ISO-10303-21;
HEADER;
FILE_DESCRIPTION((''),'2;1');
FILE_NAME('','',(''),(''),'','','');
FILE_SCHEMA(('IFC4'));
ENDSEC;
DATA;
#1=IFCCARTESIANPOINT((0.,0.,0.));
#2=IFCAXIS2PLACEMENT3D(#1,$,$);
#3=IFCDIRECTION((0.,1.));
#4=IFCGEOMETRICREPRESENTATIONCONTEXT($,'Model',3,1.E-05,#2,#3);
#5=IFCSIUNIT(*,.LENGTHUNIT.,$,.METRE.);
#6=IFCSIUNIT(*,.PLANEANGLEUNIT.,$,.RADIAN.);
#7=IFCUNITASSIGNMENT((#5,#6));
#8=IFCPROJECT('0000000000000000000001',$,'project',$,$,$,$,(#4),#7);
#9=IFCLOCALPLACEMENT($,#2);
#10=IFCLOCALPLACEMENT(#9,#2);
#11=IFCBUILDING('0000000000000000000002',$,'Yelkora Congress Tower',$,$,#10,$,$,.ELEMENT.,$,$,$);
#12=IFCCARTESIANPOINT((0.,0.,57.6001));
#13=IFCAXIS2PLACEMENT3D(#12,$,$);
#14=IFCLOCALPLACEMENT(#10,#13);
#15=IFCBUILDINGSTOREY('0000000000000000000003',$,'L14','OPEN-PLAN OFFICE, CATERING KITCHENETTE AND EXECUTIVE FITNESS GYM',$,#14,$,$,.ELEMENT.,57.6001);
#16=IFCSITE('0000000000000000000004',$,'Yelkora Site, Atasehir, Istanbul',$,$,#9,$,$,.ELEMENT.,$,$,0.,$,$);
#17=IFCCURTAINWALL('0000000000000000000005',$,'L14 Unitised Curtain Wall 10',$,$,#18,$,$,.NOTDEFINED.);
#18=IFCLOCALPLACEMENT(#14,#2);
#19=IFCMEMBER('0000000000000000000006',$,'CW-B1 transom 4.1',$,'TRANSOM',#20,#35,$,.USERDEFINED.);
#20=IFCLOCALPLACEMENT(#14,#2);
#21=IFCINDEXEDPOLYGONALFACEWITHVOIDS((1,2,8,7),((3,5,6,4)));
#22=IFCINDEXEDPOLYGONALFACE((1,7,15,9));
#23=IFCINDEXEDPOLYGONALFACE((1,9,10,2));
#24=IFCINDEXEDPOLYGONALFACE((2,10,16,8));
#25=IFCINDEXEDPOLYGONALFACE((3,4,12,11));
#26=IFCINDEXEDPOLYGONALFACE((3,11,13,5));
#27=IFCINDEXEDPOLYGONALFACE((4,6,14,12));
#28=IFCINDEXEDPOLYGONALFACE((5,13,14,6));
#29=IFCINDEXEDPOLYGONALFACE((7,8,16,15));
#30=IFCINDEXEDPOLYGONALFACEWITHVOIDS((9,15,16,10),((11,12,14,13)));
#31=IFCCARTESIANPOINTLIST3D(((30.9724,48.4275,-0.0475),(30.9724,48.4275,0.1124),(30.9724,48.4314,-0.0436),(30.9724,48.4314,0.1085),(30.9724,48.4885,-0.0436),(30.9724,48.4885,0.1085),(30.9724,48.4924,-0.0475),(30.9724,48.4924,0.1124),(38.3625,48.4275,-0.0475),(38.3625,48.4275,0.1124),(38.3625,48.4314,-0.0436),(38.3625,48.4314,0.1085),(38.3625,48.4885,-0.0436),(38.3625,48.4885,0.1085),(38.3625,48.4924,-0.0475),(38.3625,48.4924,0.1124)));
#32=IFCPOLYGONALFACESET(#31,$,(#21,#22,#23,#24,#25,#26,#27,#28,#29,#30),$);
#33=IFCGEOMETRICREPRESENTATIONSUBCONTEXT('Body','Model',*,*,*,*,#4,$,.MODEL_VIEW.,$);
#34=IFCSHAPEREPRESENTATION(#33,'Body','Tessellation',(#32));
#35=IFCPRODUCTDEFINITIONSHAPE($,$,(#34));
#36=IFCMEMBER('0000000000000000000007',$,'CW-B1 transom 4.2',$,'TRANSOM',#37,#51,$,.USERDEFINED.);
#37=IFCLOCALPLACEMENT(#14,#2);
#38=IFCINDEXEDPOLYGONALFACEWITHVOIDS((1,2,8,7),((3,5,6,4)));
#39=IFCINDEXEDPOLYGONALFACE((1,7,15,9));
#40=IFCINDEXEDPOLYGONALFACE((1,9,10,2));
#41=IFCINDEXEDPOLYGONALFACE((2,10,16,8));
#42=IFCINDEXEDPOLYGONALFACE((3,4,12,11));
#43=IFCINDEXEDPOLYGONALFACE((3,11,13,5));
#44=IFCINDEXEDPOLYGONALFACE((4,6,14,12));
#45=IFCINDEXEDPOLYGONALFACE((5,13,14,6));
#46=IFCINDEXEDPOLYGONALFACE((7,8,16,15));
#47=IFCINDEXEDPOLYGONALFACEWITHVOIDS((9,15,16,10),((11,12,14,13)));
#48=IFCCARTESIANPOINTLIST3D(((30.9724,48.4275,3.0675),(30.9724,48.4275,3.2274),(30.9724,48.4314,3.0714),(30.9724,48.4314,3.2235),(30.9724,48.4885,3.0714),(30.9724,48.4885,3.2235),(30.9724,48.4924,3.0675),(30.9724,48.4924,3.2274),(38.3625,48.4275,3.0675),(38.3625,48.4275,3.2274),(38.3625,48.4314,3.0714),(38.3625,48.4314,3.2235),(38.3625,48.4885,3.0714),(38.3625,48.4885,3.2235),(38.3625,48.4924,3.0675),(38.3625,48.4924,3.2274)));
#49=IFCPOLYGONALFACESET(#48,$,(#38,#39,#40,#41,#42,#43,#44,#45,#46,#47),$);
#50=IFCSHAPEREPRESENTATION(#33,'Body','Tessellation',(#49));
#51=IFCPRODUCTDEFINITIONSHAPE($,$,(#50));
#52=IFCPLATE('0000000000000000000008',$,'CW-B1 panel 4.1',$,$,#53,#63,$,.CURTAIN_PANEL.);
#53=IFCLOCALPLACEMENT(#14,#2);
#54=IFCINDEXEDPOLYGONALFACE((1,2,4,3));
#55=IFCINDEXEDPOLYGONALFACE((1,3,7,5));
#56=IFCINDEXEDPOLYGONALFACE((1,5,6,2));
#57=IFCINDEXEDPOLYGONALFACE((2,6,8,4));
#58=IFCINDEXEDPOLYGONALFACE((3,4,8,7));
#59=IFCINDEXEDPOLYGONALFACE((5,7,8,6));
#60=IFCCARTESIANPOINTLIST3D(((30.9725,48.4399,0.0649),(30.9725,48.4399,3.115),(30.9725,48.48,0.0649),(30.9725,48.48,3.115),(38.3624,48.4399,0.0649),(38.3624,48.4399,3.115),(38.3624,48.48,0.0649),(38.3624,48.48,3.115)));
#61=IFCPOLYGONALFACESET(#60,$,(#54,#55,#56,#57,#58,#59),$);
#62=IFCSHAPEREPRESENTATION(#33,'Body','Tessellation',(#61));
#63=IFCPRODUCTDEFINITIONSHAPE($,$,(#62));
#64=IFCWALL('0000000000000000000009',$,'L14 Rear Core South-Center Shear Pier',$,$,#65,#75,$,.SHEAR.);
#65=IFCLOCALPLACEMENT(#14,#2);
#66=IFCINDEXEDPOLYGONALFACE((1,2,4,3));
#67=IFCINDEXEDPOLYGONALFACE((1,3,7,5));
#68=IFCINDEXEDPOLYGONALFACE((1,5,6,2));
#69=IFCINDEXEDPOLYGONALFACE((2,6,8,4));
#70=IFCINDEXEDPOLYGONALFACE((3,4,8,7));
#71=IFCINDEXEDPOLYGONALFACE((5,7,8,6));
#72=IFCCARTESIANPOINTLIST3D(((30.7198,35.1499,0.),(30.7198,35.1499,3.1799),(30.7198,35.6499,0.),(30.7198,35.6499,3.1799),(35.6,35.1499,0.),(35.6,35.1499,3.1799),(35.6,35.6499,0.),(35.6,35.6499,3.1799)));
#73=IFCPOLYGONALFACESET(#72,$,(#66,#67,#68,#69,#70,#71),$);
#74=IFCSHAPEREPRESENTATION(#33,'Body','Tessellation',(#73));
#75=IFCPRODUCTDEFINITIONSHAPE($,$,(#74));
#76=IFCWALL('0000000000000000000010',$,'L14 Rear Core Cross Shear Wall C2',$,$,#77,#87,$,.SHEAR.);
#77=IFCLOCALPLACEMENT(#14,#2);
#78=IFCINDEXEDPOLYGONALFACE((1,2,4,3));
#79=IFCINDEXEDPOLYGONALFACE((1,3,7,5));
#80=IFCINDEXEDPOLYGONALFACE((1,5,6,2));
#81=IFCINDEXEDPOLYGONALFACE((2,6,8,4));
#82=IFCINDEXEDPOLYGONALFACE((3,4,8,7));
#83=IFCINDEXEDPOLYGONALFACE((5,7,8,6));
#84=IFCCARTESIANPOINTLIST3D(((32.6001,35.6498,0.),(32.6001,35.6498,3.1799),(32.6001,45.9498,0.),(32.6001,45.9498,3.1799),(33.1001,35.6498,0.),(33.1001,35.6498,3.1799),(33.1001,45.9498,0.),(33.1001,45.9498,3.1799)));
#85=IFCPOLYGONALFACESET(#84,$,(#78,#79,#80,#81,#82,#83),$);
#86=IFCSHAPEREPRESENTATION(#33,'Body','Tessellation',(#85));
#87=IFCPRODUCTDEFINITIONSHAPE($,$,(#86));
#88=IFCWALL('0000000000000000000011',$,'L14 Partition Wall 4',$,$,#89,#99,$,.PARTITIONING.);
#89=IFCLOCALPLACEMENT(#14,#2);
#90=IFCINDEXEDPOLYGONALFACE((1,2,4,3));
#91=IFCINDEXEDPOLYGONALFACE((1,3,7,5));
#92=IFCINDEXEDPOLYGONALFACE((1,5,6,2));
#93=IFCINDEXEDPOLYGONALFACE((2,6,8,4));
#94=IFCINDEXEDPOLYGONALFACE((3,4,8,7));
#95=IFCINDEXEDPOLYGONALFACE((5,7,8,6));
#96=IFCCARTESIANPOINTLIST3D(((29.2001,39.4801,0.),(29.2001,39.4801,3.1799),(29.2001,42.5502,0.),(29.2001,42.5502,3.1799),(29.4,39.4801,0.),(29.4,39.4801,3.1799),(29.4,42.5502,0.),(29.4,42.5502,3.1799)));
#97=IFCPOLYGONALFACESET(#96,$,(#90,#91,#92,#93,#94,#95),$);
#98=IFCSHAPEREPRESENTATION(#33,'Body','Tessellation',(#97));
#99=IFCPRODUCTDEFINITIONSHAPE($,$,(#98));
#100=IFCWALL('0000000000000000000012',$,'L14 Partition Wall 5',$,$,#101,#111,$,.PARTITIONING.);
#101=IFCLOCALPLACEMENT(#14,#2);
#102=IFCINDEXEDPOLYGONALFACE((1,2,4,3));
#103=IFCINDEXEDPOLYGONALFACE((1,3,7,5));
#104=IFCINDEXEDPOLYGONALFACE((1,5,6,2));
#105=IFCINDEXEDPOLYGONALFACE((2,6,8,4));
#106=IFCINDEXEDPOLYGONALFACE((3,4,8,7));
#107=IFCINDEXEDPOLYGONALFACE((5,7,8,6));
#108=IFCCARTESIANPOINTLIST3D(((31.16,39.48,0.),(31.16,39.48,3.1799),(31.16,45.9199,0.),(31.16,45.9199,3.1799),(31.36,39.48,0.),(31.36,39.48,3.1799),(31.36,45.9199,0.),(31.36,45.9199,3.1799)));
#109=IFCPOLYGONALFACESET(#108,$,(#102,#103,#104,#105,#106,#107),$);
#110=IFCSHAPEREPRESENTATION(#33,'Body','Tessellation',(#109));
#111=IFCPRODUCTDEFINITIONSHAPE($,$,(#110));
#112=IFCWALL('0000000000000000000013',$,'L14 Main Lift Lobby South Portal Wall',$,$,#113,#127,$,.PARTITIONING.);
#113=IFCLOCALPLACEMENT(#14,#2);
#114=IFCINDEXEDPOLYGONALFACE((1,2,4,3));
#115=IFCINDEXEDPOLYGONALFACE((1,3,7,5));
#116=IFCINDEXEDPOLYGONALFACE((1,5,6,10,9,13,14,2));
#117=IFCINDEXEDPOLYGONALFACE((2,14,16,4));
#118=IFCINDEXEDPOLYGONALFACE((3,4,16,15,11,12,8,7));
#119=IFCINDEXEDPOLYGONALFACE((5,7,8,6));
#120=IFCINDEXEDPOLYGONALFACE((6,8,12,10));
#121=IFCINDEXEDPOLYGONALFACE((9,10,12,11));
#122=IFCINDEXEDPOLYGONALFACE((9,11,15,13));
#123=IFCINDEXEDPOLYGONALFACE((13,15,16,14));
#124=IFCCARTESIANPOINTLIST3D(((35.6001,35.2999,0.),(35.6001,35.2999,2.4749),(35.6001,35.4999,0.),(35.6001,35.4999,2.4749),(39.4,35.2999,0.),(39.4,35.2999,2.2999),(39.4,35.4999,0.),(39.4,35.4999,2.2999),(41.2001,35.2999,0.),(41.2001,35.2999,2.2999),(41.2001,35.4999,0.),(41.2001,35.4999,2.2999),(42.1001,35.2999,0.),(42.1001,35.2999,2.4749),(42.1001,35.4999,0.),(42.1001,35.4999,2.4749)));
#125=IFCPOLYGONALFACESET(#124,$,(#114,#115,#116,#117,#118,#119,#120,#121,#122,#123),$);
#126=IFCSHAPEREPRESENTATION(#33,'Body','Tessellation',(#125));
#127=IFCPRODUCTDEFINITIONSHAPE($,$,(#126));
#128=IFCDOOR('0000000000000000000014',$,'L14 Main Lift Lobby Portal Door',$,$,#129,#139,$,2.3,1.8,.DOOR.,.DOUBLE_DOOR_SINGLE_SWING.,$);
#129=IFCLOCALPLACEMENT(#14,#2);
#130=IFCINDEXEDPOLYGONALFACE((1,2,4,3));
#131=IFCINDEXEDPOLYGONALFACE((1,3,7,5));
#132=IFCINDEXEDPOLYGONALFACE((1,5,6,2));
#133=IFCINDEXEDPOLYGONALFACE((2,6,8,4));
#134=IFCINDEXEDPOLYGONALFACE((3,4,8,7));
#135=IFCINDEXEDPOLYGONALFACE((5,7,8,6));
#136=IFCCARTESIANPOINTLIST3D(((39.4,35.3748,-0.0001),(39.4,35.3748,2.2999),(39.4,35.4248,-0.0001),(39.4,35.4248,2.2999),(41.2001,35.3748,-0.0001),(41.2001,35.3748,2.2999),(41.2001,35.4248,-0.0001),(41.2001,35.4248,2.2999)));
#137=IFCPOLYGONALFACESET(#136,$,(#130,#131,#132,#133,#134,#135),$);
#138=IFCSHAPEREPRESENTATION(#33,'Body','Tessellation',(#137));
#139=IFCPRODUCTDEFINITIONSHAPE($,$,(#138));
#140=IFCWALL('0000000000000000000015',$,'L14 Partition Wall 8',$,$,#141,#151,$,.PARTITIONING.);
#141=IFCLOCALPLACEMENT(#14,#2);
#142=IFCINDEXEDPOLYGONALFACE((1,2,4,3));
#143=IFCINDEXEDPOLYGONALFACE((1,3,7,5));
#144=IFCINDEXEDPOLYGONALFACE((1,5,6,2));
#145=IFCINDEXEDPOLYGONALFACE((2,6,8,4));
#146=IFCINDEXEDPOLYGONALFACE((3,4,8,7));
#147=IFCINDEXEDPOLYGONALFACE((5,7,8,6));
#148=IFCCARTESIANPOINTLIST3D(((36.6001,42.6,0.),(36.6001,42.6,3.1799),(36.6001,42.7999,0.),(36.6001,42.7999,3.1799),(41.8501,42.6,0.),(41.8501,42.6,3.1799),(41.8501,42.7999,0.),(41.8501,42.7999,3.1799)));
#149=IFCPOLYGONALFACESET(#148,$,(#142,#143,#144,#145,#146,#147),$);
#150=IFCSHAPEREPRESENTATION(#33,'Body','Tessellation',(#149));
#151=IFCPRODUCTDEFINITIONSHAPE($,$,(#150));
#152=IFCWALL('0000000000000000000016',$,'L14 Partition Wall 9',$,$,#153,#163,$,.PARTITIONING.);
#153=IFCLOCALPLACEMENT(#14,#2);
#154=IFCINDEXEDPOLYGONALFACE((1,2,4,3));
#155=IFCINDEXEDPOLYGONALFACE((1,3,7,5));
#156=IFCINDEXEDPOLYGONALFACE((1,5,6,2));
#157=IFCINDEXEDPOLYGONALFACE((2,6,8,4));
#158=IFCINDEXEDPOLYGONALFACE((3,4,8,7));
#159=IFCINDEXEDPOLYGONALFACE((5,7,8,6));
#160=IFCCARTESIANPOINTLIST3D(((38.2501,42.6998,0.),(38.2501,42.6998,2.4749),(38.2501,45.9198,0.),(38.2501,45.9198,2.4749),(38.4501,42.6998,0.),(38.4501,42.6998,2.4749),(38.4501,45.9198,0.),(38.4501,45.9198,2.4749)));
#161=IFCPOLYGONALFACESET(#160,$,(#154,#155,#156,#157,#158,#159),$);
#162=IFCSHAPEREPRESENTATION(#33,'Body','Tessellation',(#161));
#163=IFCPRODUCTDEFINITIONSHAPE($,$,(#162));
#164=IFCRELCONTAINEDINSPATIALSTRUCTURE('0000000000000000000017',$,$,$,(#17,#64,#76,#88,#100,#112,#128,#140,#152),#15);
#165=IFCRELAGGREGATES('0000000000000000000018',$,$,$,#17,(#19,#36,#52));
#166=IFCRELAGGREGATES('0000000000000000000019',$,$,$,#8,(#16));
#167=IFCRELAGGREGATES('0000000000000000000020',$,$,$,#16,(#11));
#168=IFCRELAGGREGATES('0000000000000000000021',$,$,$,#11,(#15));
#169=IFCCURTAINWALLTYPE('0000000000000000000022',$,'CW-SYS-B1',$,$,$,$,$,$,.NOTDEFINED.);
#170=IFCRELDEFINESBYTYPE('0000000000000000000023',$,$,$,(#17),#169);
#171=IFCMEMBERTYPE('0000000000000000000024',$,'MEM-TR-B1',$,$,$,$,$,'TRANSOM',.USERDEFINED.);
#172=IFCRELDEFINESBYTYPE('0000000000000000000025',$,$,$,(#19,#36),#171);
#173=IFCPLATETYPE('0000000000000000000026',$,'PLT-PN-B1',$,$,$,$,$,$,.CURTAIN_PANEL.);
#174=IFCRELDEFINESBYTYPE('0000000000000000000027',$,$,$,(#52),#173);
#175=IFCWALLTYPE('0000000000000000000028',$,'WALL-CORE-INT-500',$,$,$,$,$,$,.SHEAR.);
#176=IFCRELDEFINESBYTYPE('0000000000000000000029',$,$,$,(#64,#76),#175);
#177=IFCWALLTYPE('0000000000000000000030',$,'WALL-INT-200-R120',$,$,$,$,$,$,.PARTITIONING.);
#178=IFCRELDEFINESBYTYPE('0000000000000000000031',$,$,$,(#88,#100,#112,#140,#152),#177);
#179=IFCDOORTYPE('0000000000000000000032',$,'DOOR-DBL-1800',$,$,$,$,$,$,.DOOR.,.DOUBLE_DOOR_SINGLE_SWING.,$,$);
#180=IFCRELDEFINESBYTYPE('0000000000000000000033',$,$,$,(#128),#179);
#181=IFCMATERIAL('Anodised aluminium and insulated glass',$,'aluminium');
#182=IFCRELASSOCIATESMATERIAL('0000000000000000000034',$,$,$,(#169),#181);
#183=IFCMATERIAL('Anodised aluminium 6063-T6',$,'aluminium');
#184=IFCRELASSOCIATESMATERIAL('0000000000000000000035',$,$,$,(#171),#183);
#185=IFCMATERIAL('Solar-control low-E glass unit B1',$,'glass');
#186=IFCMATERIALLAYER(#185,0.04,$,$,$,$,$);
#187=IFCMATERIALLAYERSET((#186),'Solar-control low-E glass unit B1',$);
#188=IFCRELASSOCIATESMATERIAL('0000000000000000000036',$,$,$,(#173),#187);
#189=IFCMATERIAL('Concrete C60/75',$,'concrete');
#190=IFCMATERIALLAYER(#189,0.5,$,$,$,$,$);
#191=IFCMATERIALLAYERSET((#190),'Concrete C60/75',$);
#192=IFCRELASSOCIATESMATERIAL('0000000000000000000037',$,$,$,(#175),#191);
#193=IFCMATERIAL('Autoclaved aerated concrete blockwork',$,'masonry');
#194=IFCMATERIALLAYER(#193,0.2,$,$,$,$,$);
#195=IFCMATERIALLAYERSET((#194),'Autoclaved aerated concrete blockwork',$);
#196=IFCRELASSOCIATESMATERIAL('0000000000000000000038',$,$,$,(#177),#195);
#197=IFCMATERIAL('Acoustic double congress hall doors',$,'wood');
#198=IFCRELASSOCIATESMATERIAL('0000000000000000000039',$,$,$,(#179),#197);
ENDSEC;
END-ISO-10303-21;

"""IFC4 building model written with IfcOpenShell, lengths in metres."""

from ifc_helpers import new_model, si_unit, direction, frame, frame_2d, origin, origin_2d, place, context, subcontext, project, spatial, rectangle, hollow_rectangle, extrude, material, layer, layer_set, material_profile, profile_set, type_object, element, fill, aggregate, save


model = new_model("IFC4")

# Units and contexts
model_context = context("Model", 3, precision=1e-05, world=origin(), true_north=direction((0.0, 1.0)))
body_context = subcontext(model_context, "Body", "Model", "MODEL_VIEW")
ifc_project = project(units=[si_unit("LENGTHUNIT", "METRE"), si_unit("PLANEANGLEUNIT", "RADIAN")], contexts=[model_context])

# Site, building, storey
site_placement = place(None, origin())
site = spatial("IfcSite", under=ifc_project, at=site_placement, Name="Yelkora Site, Atasehir, Istanbul", CompositionType="ELEMENT", RefElevation=0.0)
building_placement = place(site_placement, origin())
building = spatial("IfcBuilding", under=site, at=building_placement, Name="Yelkora Congress Tower", CompositionType="ELEMENT")
storey_placement = place(building_placement, frame((0.0, 0.0, 57.6001)))
storey = spatial("IfcBuildingStorey", under=building, at=storey_placement, Name="L14", Description="OPEN-PLAN OFFICE, CATERING KITCHENETTE AND EXECUTIVE FITNESS GYM", CompositionType="ELEMENT", Elevation=57.6001)

# Shared definitions
ifc_material_1 = material(Name="Concrete C60/75", Category="concrete")

# Curtain wall, members, plate
ifc_material_2 = material(Name="Anodised aluminium and insulated glass", Category="aluminium")
curtain_wall_type = type_object("IfcCurtainWallType", Name="CW-SYS-B1", PredefinedType="NOTDEFINED", material=ifc_material_2)
curtain_wall_placement = place(storey_placement, origin())
curtain_wall = element("IfcCurtainWall", 1, at=curtain_wall_placement, inside=storey, type_object=curtain_wall_type, Name="L14 Unitised Curtain Wall 10", PredefinedType="NOTDEFINED")
ifc_material_3 = material(Name="Anodised aluminium 6063-T6", Category="aluminium")
ifc_material_profile_1 = material_profile(ifc_material_3, hollow_rectangle(XDim=0.0649, YDim=0.1599, WallThickness=0.0039, at=origin_2d()), Name="ALU 65x160x4")
ifc_profile_set_1 = profile_set([ifc_material_profile_1], Name="Anodised aluminium 6063-T6")
member_type_1 = type_object("IfcMemberType", Name="MEM-TR-B1", ElementType="TRANSOM", PredefinedType="USERDEFINED", material=ifc_profile_set_1)
member_1_placement = place(storey_placement, frame((30.9724, 48.46, 0.0325), z_axis=(1.0, 0.0, 0.0), x_axis=(0.0, 1.0, 0.0)))
member_1 = element("IfcMember", 2, at=member_1_placement, type_object=member_type_1, Name="CW-B1 transom 4.1", ObjectType="TRANSOM", PredefinedType="USERDEFINED", context=body_context, shape_type="SweptSolid", body=[
    extrude(hollow_rectangle(XDim=0.0649, YDim=0.1599, WallThickness=0.0039, at=origin_2d()), origin(), (0.0, 0.0, 1.0), 7.3901),
])
member_2_placement = place(storey_placement, frame((30.9724, 48.46, 3.1475), z_axis=(1.0, 0.0, 0.0), x_axis=(0.0, 1.0, 0.0)))
member_2 = element("IfcMember", 3, at=member_2_placement, type_object=member_type_1, Name="CW-B1 transom 4.2", ObjectType="TRANSOM", PredefinedType="USERDEFINED", context=body_context, shape_type="SweptSolid", body=[
    extrude(hollow_rectangle(XDim=0.0649, YDim=0.1599, WallThickness=0.0039, at=origin_2d()), origin(), (0.0, 0.0, 1.0), 7.3901),
])
ifc_material_4 = material(Name="Solar-control low-E glass unit B1", Category="glass")
ifc_layer_1 = layer(ifc_material_4, 0.04)
ifc_layer_set_1 = layer_set([ifc_layer_1], Name="Solar-control low-E glass unit B1")
plate_type = type_object("IfcPlateType", Name="PLT-PN-B1", PredefinedType="CURTAIN_PANEL", material=ifc_layer_set_1)
plate_placement = place(storey_placement, frame((34.6675, 48.46, 0.0649), z_axis=(0.0, 0.0, 1.0), x_axis=(1.0, 0.0, 0.0)))
plate = element("IfcPlate", 4, at=plate_placement, type_object=plate_type, Name="CW-B1 panel 4.1", PredefinedType="CURTAIN_PANEL", context=body_context, shape_type="SweptSolid", body=[
    extrude(rectangle(XDim=7.3899, YDim=0.04, at=origin_2d()), origin(), (0.0, 0.0, 1.0), 3.05),
])
aggregate(curtain_wall, [member_1, member_2, plate])

# Walls
ifc_layer_2 = layer(ifc_material_1, 0.5)
ifc_layer_set_2 = layer_set([ifc_layer_2], Name="Concrete C60/75")
wall_type_1 = type_object("IfcWallType", Name="WALL-CORE-INT-500", PredefinedType="SHEAR", material=ifc_layer_set_2)
wall_1_placement = place(storey_placement, frame((30.72, 35.3999, 0.0), z_axis=(0.0, 0.0, 1.0), x_axis=(1.0, 0.0, 0.0)))
element("IfcWall", 5, at=wall_1_placement, inside=storey, type_object=wall_type_1, Name="L14 Rear Core South-Center Shear Pier", PredefinedType="SHEAR", context=body_context, shape_type="SweptSolid", body=[
    extrude(rectangle(XDim=4.8801, YDim=0.5, at=frame_2d((2.4399, 0.0))), origin(), (0.0, 0.0, 1.0), 3.1799),
])
wall_2_placement = place(storey_placement, frame((32.8501, 35.6499, 0.0), z_axis=(0.0, 0.0, 1.0), x_axis=(0.0, 1.0, 0.0)))
element("IfcWall", 6, at=wall_2_placement, inside=storey, type_object=wall_type_1, Name="L14 Rear Core Cross Shear Wall C2", PredefinedType="SHEAR", context=body_context, shape_type="SweptSolid", body=[
    extrude(rectangle(XDim=10.3, YDim=0.5, at=frame_2d((5.1499, 0.0))), origin(), (0.0, 0.0, 1.0), 3.1799),
])
ifc_material_5 = material(Name="Autoclaved aerated concrete blockwork", Category="masonry")
ifc_layer_3 = layer(ifc_material_5, 0.2)
ifc_layer_set_3 = layer_set([ifc_layer_3], Name="Autoclaved aerated concrete blockwork")
wall_type_2 = type_object("IfcWallType", Name="WALL-INT-200-R120", PredefinedType="PARTITIONING", material=ifc_layer_set_3)
wall_3_placement = place(storey_placement, frame((29.3, 39.48, 0.0), z_axis=(0.0, 0.0, 1.0), x_axis=(0.0, 1.0, 0.0)))
element("IfcWall", 7, at=wall_3_placement, inside=storey, type_object=wall_type_2, Name="L14 Partition Wall 4", PredefinedType="PARTITIONING", context=body_context, shape_type="SweptSolid", body=[
    extrude(rectangle(XDim=3.0701, YDim=0.2, at=frame_2d((1.5352, 0.0))), origin(), (0.0, 0.0, 1.0), 3.1799),
])
wall_4_placement = place(storey_placement, frame((31.26, 39.48, 0.0), z_axis=(0.0, 0.0, 1.0), x_axis=(0.0, 1.0, 0.0)))
element("IfcWall", 8, at=wall_4_placement, inside=storey, type_object=wall_type_2, Name="L14 Partition Wall 5", PredefinedType="PARTITIONING", context=body_context, shape_type="SweptSolid", body=[
    extrude(rectangle(XDim=6.4399, YDim=0.2, at=frame_2d((3.22, 0.0))), origin(), (0.0, 0.0, 1.0), 3.1799),
])

# Wall, opening, door
wall_5_placement = place(storey_placement, frame((35.6001, 35.3999, 0.0), z_axis=(0.0, 0.0, 1.0), x_axis=(1.0, 0.0, 0.0)))
wall_5 = element("IfcWall", 9, at=wall_5_placement, inside=storey, type_object=wall_type_2, Name="L14 Main Lift Lobby South Portal Wall", PredefinedType="PARTITIONING", context=body_context, shape_type="SweptSolid", body=[
    extrude(rectangle(XDim=6.5, YDim=0.2, at=frame_2d((3.25, 0.0))), origin(), (0.0, 0.0, 1.0), 2.4749),
])
opening_1_placement = place(wall_5_placement, frame((3.8, 0.0, 0.0)))
opening_1 = element("IfcOpeningElement", 10, at=opening_1_placement, cuts=wall_5, PredefinedType="OPENING", context=body_context, shape_type="SweptSolid", body=[
    extrude(rectangle(XDim=1.8, YDim=2.3, at=frame_2d((0.8999, 1.1499))), frame((0.0, 0.1099, 0.0), z_axis=(0.0, -1.0, 0.0), x_axis=(1.0, 0.0, 0.0)), (0.0, 0.0, 1.0), 0.22),
])
ifc_material_6 = material(Name="Acoustic double congress hall doors", Category="wood")
door_type_1 = type_object("IfcDoorType", Name="DOOR-DBL-1800", OperationType="DOUBLE_DOOR_SINGLE_SWING", PredefinedType="DOOR", material=ifc_material_6)
door_1_placement = place(opening_1_placement, origin())
door_1 = element("IfcDoor", 11, at=door_1_placement, inside=storey, type_object=door_type_1, Name="L14 Main Lift Lobby Portal Door", OperationType="DOUBLE_DOOR_SINGLE_SWING", OverallHeight=2.3, OverallWidth=1.8, PredefinedType="DOOR", context=body_context, shape_type="SweptSolid", body=[
    extrude(rectangle(XDim=1.8, YDim=2.3, at=frame_2d((0.8999, 1.1499))), frame((0.0, 0.0249, 0.0), z_axis=(0.0, -1.0, 0.0), x_axis=(1.0, 0.0, 0.0)), (0.0, 0.0, 1.0), 0.05),
])
fill(opening_1, door_1)

# Walls
wall_6_placement = place(storey_placement, frame((36.6001, 42.7, 0.0), z_axis=(0.0, 0.0, 1.0), x_axis=(1.0, 0.0, 0.0)))
element("IfcWall", 12, at=wall_6_placement, inside=storey, type_object=wall_type_2, Name="L14 Partition Wall 8", PredefinedType="PARTITIONING", context=body_context, shape_type="SweptSolid", body=[
    extrude(rectangle(XDim=5.25, YDim=0.2, at=frame_2d((2.625, 0.0))), origin(), (0.0, 0.0, 1.0), 3.1799),
])
wall_7_placement = place(storey_placement, frame((38.3501, 42.7, 0.0), z_axis=(0.0, 0.0, 1.0), x_axis=(0.0, 1.0, 0.0)))
element("IfcWall", 13, at=wall_7_placement, inside=storey, type_object=wall_type_2, Name="L14 Partition Wall 9", PredefinedType="PARTITIONING", context=body_context, shape_type="SweptSolid", body=[
    extrude(rectangle(XDim=3.22, YDim=0.2, at=frame_2d((1.6099, 0.0))), origin(), (0.0, 0.0, 1.0), 2.4749),
])

save(model, "model.ifc")
